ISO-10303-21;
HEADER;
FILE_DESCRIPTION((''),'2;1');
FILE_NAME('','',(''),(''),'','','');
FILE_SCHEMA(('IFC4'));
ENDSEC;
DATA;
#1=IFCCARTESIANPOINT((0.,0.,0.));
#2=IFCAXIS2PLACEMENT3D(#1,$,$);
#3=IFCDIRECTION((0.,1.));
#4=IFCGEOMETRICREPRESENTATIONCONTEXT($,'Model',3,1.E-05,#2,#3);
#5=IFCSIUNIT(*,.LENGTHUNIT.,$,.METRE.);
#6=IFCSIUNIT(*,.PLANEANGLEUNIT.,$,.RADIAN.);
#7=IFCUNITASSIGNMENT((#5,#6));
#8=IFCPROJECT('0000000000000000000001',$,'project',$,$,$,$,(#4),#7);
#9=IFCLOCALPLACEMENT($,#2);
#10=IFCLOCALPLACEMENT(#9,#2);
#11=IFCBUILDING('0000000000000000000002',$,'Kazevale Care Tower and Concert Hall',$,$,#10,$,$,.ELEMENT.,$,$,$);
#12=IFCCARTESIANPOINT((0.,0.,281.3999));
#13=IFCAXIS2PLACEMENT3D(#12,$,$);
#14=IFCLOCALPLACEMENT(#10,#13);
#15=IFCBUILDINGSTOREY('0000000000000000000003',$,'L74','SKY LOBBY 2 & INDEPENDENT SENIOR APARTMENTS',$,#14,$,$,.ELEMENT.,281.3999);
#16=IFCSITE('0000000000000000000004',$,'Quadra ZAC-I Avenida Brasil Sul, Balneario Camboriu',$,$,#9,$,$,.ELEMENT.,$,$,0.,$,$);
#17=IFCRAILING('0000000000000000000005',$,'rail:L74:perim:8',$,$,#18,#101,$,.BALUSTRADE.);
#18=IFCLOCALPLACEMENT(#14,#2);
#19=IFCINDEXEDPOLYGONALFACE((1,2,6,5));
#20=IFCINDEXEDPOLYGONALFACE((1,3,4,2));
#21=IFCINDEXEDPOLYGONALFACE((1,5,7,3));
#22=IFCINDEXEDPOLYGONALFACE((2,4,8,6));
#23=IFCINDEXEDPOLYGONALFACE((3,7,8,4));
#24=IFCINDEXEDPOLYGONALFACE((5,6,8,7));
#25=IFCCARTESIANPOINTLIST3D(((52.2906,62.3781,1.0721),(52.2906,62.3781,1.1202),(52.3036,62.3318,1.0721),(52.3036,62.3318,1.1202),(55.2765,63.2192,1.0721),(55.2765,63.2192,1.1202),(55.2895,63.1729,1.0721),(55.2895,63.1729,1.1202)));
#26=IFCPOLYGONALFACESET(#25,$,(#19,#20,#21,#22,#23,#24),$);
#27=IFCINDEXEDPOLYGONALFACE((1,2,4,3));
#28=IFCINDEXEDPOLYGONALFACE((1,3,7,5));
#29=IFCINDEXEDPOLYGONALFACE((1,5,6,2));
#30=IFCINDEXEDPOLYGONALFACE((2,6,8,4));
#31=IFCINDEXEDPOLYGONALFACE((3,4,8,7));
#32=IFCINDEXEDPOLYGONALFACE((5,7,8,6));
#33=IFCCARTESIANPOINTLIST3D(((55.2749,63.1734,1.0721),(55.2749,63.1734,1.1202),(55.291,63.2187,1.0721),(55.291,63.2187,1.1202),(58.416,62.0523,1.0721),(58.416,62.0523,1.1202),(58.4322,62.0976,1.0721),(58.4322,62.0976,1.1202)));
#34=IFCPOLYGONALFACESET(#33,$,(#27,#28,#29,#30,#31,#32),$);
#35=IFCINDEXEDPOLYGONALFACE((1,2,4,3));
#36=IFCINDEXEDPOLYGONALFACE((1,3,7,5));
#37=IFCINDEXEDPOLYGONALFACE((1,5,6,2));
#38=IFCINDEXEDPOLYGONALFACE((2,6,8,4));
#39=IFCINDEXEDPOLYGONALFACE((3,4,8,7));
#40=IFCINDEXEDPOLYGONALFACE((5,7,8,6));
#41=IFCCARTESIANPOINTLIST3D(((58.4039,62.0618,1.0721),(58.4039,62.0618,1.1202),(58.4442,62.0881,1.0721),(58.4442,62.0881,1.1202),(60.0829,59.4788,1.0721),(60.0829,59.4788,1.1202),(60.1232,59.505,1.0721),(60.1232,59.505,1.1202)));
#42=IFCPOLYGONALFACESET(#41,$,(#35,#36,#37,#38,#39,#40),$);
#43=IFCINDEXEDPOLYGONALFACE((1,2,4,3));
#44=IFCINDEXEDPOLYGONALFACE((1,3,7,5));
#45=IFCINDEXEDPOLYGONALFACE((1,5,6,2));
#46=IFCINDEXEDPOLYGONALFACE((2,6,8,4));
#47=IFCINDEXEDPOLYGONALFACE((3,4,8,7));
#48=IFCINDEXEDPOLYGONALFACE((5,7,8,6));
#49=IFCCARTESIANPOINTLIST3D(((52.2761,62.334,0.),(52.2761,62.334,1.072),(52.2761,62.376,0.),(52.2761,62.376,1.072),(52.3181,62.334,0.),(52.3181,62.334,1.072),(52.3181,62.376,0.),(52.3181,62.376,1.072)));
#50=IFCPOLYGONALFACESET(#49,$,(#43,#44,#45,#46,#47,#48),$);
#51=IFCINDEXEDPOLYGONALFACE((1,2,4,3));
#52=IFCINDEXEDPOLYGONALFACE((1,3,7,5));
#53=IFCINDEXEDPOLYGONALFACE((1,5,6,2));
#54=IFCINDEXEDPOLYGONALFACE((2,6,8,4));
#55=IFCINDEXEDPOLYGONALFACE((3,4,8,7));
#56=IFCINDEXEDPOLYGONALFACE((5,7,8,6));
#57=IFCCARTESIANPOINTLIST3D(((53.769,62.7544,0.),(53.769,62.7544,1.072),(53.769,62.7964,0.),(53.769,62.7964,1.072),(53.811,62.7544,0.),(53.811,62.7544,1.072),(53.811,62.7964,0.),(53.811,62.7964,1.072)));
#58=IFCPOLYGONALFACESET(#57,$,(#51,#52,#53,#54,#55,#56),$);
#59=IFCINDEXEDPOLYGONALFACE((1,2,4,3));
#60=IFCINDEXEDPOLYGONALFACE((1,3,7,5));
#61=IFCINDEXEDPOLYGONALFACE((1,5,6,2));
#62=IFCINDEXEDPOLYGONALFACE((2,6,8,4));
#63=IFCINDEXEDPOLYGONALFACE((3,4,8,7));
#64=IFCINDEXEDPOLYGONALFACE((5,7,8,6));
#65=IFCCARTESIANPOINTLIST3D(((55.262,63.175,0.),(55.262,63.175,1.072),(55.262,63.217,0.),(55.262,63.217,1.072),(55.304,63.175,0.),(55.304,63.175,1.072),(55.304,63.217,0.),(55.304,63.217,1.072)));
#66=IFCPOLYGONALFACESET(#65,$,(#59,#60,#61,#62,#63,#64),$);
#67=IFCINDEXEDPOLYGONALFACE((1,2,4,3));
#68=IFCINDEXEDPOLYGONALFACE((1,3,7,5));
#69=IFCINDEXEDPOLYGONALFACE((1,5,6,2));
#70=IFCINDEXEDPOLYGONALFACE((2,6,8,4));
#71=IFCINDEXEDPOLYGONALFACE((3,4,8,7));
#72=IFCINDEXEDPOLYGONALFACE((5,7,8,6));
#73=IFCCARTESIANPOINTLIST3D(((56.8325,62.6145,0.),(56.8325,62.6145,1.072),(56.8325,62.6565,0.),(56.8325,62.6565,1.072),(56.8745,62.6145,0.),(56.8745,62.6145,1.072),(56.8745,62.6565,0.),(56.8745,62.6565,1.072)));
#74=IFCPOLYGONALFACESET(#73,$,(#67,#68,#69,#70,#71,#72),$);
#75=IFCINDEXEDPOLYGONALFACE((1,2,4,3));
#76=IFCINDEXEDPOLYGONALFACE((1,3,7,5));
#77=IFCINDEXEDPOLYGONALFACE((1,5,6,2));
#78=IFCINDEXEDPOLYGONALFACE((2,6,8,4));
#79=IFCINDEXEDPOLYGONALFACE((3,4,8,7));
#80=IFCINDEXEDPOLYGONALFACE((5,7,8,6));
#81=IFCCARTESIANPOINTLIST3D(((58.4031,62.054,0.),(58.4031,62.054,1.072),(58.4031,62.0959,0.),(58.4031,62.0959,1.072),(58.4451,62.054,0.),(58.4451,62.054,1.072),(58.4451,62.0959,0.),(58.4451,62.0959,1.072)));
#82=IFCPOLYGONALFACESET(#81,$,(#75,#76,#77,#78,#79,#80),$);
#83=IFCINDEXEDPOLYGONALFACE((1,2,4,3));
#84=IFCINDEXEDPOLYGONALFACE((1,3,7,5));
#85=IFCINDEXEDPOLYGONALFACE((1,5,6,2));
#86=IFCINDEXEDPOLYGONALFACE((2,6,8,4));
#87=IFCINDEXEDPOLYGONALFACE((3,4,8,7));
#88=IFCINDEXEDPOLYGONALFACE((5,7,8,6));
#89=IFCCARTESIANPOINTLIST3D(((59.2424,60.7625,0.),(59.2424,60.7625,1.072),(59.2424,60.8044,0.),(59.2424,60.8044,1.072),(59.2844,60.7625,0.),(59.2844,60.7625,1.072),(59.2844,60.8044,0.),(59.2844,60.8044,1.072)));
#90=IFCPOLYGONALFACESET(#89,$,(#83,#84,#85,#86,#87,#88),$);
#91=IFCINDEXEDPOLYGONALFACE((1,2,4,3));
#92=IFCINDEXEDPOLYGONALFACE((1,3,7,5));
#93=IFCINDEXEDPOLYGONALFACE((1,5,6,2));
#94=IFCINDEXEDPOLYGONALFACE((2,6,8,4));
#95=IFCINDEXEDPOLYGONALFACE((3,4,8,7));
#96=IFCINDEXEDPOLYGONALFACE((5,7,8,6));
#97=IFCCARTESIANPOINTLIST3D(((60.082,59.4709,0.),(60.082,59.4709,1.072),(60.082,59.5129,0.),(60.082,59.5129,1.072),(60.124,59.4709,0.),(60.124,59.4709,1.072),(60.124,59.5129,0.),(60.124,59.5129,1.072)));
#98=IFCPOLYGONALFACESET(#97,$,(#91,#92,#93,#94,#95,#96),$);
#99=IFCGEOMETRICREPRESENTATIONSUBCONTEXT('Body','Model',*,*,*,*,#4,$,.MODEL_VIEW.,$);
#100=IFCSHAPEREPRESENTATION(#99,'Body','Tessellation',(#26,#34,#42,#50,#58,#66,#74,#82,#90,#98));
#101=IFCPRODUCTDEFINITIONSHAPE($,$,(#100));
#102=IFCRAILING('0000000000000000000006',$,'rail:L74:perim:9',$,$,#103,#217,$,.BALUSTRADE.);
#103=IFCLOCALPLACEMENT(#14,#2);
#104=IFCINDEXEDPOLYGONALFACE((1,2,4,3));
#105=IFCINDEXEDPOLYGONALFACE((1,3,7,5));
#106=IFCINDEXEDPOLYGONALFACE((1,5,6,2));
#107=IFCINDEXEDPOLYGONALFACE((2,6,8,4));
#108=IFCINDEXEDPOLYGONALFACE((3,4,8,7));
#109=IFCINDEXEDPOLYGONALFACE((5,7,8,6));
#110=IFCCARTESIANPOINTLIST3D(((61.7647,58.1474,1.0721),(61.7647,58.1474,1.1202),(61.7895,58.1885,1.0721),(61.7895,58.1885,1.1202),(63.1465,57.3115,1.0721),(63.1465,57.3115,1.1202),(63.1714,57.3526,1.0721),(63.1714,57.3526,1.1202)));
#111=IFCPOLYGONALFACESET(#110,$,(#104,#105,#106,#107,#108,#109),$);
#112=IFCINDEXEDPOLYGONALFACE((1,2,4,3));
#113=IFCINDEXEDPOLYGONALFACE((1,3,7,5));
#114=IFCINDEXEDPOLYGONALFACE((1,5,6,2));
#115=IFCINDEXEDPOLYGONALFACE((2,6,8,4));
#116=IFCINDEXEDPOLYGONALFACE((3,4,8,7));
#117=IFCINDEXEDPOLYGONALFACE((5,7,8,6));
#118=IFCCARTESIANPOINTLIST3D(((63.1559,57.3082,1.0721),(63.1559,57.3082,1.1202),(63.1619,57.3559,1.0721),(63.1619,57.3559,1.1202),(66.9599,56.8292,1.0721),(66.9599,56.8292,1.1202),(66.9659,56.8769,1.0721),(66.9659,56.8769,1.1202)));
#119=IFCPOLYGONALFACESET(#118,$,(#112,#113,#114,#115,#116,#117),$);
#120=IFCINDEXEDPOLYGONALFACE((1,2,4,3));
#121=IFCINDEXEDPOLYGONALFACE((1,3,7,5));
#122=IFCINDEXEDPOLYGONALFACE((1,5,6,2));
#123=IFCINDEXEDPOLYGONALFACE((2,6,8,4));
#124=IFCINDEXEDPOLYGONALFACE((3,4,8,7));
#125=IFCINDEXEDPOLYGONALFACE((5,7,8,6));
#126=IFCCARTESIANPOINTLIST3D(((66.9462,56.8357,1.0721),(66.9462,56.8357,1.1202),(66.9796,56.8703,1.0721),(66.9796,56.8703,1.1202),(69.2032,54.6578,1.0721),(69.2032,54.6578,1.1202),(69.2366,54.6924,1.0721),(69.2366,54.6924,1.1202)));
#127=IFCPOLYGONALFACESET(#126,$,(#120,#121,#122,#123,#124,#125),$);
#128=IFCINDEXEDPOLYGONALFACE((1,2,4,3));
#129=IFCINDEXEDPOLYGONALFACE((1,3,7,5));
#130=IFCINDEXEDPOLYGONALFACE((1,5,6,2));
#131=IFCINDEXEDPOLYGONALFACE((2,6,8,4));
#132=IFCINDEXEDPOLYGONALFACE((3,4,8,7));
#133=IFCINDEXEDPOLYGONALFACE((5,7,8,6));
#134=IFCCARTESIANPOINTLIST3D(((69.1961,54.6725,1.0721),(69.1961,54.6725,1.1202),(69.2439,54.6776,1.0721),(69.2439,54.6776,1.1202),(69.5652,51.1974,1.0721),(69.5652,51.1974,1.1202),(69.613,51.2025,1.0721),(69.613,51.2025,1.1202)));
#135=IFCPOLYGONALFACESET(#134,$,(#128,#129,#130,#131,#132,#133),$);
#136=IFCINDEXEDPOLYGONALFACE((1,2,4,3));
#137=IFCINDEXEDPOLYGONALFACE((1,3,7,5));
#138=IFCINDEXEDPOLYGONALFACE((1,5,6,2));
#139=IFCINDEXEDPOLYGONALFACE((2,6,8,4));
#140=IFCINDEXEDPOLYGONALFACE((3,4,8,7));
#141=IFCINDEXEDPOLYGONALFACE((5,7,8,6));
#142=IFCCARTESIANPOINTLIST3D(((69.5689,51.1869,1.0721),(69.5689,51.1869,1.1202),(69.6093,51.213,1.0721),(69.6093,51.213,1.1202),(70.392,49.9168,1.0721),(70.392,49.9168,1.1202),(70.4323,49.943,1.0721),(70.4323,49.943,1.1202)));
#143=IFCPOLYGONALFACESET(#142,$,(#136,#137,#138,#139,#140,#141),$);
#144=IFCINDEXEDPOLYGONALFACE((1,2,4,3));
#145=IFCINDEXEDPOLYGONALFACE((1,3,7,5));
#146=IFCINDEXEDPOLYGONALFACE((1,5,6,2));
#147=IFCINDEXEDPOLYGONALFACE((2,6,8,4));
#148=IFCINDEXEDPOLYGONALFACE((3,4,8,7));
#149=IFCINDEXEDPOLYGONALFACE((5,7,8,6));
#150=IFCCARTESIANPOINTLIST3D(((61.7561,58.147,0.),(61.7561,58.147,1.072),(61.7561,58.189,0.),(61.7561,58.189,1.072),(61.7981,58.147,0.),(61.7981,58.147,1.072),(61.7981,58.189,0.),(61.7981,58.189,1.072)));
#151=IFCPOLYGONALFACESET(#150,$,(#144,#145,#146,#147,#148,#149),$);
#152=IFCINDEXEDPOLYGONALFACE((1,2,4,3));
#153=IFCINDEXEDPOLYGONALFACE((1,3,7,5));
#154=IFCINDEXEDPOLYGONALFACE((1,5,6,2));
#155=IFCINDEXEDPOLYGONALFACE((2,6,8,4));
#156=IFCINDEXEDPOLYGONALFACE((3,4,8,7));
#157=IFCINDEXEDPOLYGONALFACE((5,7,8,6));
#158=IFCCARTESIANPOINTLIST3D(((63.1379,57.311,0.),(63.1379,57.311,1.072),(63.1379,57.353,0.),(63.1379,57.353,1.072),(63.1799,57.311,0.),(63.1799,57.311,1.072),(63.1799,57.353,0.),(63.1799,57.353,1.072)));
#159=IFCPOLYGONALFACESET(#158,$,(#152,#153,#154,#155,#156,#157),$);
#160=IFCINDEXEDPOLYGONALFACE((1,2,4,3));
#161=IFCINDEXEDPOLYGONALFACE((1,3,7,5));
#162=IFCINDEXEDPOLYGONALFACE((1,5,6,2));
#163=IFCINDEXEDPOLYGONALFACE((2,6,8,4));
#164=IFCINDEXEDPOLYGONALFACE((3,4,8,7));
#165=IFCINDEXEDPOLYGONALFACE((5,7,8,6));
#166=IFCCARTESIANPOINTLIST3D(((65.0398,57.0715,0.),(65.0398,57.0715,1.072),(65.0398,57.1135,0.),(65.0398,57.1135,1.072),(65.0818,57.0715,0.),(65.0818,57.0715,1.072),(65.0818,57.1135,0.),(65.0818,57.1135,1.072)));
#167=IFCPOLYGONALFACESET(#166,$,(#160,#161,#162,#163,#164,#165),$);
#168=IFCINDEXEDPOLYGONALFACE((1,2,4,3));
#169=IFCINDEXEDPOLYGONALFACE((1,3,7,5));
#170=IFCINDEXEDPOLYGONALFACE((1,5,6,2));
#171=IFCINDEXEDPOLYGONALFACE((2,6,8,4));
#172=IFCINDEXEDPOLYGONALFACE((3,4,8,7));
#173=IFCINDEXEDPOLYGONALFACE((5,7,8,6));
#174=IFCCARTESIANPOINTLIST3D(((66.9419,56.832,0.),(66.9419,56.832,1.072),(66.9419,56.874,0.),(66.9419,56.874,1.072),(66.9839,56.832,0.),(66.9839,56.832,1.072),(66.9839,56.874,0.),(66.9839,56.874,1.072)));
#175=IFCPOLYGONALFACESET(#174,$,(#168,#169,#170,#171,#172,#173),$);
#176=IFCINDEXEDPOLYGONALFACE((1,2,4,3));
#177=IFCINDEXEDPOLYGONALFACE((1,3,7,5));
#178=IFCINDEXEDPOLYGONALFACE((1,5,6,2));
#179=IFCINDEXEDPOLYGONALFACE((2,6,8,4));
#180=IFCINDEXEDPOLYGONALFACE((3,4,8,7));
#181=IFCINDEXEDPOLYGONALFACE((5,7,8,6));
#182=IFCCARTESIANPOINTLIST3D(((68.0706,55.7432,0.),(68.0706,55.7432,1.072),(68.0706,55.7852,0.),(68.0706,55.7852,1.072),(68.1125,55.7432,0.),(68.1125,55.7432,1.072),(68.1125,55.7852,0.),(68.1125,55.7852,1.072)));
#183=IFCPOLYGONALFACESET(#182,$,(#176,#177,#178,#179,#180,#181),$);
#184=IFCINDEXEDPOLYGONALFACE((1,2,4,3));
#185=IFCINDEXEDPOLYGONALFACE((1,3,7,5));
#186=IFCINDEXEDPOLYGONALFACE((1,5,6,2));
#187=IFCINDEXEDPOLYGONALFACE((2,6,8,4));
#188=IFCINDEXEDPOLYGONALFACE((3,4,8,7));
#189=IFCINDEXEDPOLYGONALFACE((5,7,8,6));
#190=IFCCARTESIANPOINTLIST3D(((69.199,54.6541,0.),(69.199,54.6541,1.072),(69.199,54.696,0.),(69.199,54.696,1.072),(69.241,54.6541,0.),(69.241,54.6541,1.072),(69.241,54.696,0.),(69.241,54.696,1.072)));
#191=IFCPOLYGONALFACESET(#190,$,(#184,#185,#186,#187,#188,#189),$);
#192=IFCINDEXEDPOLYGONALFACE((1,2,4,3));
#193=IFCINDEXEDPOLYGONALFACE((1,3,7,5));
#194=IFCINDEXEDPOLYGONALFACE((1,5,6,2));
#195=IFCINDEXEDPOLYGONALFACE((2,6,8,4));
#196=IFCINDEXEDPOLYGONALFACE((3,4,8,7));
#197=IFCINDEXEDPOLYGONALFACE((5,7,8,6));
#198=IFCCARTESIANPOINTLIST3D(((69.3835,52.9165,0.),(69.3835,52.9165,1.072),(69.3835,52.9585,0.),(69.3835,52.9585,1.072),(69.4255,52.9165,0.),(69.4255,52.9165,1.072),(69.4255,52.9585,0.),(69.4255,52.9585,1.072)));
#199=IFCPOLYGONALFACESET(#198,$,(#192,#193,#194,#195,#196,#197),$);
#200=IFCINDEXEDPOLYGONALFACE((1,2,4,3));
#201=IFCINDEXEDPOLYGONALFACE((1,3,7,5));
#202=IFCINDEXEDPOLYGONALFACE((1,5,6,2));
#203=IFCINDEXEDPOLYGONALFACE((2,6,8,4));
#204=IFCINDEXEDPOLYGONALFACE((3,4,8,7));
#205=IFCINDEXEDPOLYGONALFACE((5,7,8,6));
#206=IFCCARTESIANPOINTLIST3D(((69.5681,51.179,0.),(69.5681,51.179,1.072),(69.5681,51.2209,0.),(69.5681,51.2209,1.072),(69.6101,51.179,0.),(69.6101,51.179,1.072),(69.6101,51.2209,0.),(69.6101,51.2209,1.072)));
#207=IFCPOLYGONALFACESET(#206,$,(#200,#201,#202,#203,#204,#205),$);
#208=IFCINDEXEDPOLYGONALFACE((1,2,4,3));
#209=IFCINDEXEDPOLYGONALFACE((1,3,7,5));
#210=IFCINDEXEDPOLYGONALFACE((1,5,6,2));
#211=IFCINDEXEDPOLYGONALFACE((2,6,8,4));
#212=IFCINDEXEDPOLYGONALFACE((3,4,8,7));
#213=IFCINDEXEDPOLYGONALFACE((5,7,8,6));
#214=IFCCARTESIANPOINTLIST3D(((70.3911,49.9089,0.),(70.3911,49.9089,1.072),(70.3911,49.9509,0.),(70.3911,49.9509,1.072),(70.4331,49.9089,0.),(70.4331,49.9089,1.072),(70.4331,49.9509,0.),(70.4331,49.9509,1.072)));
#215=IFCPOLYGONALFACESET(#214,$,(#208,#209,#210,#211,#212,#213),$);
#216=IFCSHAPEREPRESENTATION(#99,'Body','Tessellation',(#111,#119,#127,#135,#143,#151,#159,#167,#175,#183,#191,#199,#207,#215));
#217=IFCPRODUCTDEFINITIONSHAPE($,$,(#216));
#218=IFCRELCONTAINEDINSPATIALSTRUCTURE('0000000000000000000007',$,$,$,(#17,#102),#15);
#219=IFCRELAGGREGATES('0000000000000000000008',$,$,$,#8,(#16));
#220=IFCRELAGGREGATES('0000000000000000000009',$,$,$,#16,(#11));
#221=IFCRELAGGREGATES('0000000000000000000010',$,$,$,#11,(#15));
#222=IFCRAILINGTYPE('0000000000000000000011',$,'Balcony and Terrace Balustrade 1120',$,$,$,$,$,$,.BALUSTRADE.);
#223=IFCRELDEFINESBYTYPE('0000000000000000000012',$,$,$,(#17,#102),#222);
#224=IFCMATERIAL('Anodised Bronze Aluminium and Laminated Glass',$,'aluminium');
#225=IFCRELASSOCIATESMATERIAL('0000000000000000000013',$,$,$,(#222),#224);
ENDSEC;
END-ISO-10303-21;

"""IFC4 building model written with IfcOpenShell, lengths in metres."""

from ifc_helpers import new_model, si_unit, direction, frame, origin, origin_2d, place, context, subcontext, project, spatial, rectangle, extrude, material, type_object, element, save


model = new_model("IFC4")

# Units and contexts
model_context = context("Model", 3, precision=1e-05, world=origin(), true_north=direction((0.0, 1.0)))
body_context = subcontext(model_context, "Body", "Model", "MODEL_VIEW")
ifc_project = project(units=[si_unit("LENGTHUNIT", "METRE"), si_unit("PLANEANGLEUNIT", "RADIAN")], contexts=[model_context])

# Site, building, storey
site_placement = place(None, origin())
site = spatial("IfcSite", under=ifc_project, at=site_placement, Name="Quadra ZAC-I Avenida Brasil Sul, Balneario Camboriu", CompositionType="ELEMENT", RefElevation=0.0)
building_placement = place(site_placement, origin())
building = spatial("IfcBuilding", under=site, at=building_placement, Name="Kazevale Care Tower and Concert Hall", CompositionType="ELEMENT")
storey_placement = place(building_placement, frame((0.0, 0.0, 281.3999)))
storey = spatial("IfcBuildingStorey", under=building, at=storey_placement, Name="L74", Description="SKY LOBBY 2 & INDEPENDENT SENIOR APARTMENTS", CompositionType="ELEMENT", Elevation=281.3999)

# Railings
ifc_material_1 = material(Name="Anodised Bronze Aluminium and Laminated Glass", Category="aluminium")
railing_type = type_object("IfcRailingType", Name="Balcony and Terrace Balustrade 1120", PredefinedType="BALUSTRADE", material=ifc_material_1)
railing_1_placement = place(storey_placement, frame((52.2971, 62.355, 0.0)))
element("IfcRailing", 1, at=railing_1_placement, inside=storey, type_object=railing_type, Name="rail:L74:perim:8", PredefinedType="BALUSTRADE", context=body_context, shape_type="SweptSolid", body=[
    extrude(rectangle(XDim=0.0481, YDim=0.0481, at=origin_2d()), frame((0.0, 0.0, 1.0962), z_axis=(0.962542, 0.271133, 0.0), x_axis=(-0.271133, 0.962542, 0.0)), (0.0, 0.0, 1.0), 3.1021),
    extrude(rectangle(XDim=0.0481, YDim=0.0481, at=origin_2d()), frame((2.9858, 0.8411, 1.0962), z_axis=(0.941811, -0.336142, 0.0), x_axis=(0.336142, 0.941811, 0.0)), (0.0, 0.0, 1.0), 3.3352),
    extrude(rectangle(XDim=0.0481, YDim=0.0481, at=origin_2d()), frame((6.127, -0.28, 1.0962), z_axis=(0.544988, -0.838444, 0.0), x_axis=(0.838444, 0.544988, 0.0)), (0.0, 0.0, 1.0), 3.0808),
    extrude(rectangle(XDim=0.042, YDim=0.042, at=origin_2d()), origin(), (0.0, 0.0, 1.0), 1.072),
    extrude(rectangle(XDim=0.042, YDim=0.042, at=origin_2d()), frame((1.4929, 0.4204, 0.0)), (0.0, 0.0, 1.0), 1.072),
    extrude(rectangle(XDim=0.042, YDim=0.042, at=origin_2d()), frame((2.9858, 0.8411, 0.0)), (0.0, 0.0, 1.0), 1.072),
    extrude(rectangle(XDim=0.042, YDim=0.042, at=origin_2d()), frame((4.5564, 0.2805, 0.0)), (0.0, 0.0, 1.0), 1.072),
    extrude(rectangle(XDim=0.042, YDim=0.042, at=origin_2d()), frame((6.127, -0.28, 0.0)), (0.0, 0.0, 1.0), 1.072),
    extrude(rectangle(XDim=0.042, YDim=0.042, at=origin_2d()), frame((6.9663, -1.5715, 0.0)), (0.0, 0.0, 1.0), 1.072),
    extrude(rectangle(XDim=0.042, YDim=0.042, at=origin_2d()), frame((7.8059, -2.863, 0.0)), (0.0, 0.0, 1.0), 1.072),
])
railing_2_placement = place(storey_placement, frame((61.7771, 58.168, 0.0)))
element("IfcRailing", 2, at=railing_2_placement, inside=storey, type_object=railing_type, Name="rail:L74:perim:9", PredefinedType="BALUSTRADE", context=body_context, shape_type="SweptSolid", body=[
    extrude(rectangle(XDim=0.0481, YDim=0.0481, at=origin_2d()), frame((0.0, 0.0, 1.0962), z_axis=(0.85562, -0.517605, 0.0), x_axis=(0.517605, 0.85562, 0.0)), (0.0, 0.0, 1.0), 1.615),
    extrude(rectangle(XDim=0.0481, YDim=0.0481, at=origin_2d()), frame((1.3818, -0.8359, 1.0962), z_axis=(0.992165, -0.124936, 0.0), x_axis=(0.124936, 0.992165, 0.0)), (0.0, 0.0, 1.0), 3.834),
    extrude(rectangle(XDim=0.0481, YDim=0.0481, at=origin_2d()), frame((5.1858, -1.3149, 1.0962), z_axis=(0.719604, -0.694385, 0.0), x_axis=(0.694385, 0.719604, 0.0)), (0.0, 0.0, 1.0), 3.1365),
    extrude(rectangle(XDim=0.0481, YDim=0.0481, at=origin_2d()), frame((7.4429, -3.4929, 1.0962), z_axis=(0.10563, -0.994405, 0.0), x_axis=(0.994405, 0.10563, 0.0)), (0.0, 0.0, 1.0), 3.4946),
    extrude(rectangle(XDim=0.0481, YDim=0.0481, at=origin_2d()), frame((7.812, -6.968, 1.0962), z_axis=(0.54382, -0.839202, 0.0), x_axis=(0.839202, 0.54382, 0.0)), (0.0, 0.0, 1.0), 1.5134),
    extrude(rectangle(XDim=0.042, YDim=0.042, at=origin_2d()), origin(), (0.0, 0.0, 1.0), 1.072),
    extrude(rectangle(XDim=0.042, YDim=0.042, at=origin_2d()), frame((1.3818, -0.8359, 0.0)), (0.0, 0.0, 1.0), 1.072),
    extrude(rectangle(XDim=0.042, YDim=0.042, at=origin_2d()), frame((3.2837, -1.0754, 0.0)), (0.0, 0.0, 1.0), 1.072),
    extrude(rectangle(XDim=0.042, YDim=0.042, at=origin_2d()), frame((5.1858, -1.3149, 0.0)), (0.0, 0.0, 1.0), 1.072),
    extrude(rectangle(XDim=0.042, YDim=0.042, at=origin_2d()), frame((6.3145, -2.4038, 0.0)), (0.0, 0.0, 1.0), 1.072),
    extrude(rectangle(XDim=0.042, YDim=0.042, at=origin_2d()), frame((7.4429, -3.4929, 0.0)), (0.0, 0.0, 1.0), 1.072),
    extrude(rectangle(XDim=0.042, YDim=0.042, at=origin_2d()), frame((7.6274, -5.2305, 0.0)), (0.0, 0.0, 1.0), 1.072),
    extrude(rectangle(XDim=0.042, YDim=0.042, at=origin_2d()), frame((7.812, -6.968, 0.0)), (0.0, 0.0, 1.0), 1.072),
    extrude(rectangle(XDim=0.042, YDim=0.042, at=origin_2d()), frame((8.635, -8.238, 0.0)), (0.0, 0.0, 1.0), 1.072),
])

save(model, "model.ifc")
